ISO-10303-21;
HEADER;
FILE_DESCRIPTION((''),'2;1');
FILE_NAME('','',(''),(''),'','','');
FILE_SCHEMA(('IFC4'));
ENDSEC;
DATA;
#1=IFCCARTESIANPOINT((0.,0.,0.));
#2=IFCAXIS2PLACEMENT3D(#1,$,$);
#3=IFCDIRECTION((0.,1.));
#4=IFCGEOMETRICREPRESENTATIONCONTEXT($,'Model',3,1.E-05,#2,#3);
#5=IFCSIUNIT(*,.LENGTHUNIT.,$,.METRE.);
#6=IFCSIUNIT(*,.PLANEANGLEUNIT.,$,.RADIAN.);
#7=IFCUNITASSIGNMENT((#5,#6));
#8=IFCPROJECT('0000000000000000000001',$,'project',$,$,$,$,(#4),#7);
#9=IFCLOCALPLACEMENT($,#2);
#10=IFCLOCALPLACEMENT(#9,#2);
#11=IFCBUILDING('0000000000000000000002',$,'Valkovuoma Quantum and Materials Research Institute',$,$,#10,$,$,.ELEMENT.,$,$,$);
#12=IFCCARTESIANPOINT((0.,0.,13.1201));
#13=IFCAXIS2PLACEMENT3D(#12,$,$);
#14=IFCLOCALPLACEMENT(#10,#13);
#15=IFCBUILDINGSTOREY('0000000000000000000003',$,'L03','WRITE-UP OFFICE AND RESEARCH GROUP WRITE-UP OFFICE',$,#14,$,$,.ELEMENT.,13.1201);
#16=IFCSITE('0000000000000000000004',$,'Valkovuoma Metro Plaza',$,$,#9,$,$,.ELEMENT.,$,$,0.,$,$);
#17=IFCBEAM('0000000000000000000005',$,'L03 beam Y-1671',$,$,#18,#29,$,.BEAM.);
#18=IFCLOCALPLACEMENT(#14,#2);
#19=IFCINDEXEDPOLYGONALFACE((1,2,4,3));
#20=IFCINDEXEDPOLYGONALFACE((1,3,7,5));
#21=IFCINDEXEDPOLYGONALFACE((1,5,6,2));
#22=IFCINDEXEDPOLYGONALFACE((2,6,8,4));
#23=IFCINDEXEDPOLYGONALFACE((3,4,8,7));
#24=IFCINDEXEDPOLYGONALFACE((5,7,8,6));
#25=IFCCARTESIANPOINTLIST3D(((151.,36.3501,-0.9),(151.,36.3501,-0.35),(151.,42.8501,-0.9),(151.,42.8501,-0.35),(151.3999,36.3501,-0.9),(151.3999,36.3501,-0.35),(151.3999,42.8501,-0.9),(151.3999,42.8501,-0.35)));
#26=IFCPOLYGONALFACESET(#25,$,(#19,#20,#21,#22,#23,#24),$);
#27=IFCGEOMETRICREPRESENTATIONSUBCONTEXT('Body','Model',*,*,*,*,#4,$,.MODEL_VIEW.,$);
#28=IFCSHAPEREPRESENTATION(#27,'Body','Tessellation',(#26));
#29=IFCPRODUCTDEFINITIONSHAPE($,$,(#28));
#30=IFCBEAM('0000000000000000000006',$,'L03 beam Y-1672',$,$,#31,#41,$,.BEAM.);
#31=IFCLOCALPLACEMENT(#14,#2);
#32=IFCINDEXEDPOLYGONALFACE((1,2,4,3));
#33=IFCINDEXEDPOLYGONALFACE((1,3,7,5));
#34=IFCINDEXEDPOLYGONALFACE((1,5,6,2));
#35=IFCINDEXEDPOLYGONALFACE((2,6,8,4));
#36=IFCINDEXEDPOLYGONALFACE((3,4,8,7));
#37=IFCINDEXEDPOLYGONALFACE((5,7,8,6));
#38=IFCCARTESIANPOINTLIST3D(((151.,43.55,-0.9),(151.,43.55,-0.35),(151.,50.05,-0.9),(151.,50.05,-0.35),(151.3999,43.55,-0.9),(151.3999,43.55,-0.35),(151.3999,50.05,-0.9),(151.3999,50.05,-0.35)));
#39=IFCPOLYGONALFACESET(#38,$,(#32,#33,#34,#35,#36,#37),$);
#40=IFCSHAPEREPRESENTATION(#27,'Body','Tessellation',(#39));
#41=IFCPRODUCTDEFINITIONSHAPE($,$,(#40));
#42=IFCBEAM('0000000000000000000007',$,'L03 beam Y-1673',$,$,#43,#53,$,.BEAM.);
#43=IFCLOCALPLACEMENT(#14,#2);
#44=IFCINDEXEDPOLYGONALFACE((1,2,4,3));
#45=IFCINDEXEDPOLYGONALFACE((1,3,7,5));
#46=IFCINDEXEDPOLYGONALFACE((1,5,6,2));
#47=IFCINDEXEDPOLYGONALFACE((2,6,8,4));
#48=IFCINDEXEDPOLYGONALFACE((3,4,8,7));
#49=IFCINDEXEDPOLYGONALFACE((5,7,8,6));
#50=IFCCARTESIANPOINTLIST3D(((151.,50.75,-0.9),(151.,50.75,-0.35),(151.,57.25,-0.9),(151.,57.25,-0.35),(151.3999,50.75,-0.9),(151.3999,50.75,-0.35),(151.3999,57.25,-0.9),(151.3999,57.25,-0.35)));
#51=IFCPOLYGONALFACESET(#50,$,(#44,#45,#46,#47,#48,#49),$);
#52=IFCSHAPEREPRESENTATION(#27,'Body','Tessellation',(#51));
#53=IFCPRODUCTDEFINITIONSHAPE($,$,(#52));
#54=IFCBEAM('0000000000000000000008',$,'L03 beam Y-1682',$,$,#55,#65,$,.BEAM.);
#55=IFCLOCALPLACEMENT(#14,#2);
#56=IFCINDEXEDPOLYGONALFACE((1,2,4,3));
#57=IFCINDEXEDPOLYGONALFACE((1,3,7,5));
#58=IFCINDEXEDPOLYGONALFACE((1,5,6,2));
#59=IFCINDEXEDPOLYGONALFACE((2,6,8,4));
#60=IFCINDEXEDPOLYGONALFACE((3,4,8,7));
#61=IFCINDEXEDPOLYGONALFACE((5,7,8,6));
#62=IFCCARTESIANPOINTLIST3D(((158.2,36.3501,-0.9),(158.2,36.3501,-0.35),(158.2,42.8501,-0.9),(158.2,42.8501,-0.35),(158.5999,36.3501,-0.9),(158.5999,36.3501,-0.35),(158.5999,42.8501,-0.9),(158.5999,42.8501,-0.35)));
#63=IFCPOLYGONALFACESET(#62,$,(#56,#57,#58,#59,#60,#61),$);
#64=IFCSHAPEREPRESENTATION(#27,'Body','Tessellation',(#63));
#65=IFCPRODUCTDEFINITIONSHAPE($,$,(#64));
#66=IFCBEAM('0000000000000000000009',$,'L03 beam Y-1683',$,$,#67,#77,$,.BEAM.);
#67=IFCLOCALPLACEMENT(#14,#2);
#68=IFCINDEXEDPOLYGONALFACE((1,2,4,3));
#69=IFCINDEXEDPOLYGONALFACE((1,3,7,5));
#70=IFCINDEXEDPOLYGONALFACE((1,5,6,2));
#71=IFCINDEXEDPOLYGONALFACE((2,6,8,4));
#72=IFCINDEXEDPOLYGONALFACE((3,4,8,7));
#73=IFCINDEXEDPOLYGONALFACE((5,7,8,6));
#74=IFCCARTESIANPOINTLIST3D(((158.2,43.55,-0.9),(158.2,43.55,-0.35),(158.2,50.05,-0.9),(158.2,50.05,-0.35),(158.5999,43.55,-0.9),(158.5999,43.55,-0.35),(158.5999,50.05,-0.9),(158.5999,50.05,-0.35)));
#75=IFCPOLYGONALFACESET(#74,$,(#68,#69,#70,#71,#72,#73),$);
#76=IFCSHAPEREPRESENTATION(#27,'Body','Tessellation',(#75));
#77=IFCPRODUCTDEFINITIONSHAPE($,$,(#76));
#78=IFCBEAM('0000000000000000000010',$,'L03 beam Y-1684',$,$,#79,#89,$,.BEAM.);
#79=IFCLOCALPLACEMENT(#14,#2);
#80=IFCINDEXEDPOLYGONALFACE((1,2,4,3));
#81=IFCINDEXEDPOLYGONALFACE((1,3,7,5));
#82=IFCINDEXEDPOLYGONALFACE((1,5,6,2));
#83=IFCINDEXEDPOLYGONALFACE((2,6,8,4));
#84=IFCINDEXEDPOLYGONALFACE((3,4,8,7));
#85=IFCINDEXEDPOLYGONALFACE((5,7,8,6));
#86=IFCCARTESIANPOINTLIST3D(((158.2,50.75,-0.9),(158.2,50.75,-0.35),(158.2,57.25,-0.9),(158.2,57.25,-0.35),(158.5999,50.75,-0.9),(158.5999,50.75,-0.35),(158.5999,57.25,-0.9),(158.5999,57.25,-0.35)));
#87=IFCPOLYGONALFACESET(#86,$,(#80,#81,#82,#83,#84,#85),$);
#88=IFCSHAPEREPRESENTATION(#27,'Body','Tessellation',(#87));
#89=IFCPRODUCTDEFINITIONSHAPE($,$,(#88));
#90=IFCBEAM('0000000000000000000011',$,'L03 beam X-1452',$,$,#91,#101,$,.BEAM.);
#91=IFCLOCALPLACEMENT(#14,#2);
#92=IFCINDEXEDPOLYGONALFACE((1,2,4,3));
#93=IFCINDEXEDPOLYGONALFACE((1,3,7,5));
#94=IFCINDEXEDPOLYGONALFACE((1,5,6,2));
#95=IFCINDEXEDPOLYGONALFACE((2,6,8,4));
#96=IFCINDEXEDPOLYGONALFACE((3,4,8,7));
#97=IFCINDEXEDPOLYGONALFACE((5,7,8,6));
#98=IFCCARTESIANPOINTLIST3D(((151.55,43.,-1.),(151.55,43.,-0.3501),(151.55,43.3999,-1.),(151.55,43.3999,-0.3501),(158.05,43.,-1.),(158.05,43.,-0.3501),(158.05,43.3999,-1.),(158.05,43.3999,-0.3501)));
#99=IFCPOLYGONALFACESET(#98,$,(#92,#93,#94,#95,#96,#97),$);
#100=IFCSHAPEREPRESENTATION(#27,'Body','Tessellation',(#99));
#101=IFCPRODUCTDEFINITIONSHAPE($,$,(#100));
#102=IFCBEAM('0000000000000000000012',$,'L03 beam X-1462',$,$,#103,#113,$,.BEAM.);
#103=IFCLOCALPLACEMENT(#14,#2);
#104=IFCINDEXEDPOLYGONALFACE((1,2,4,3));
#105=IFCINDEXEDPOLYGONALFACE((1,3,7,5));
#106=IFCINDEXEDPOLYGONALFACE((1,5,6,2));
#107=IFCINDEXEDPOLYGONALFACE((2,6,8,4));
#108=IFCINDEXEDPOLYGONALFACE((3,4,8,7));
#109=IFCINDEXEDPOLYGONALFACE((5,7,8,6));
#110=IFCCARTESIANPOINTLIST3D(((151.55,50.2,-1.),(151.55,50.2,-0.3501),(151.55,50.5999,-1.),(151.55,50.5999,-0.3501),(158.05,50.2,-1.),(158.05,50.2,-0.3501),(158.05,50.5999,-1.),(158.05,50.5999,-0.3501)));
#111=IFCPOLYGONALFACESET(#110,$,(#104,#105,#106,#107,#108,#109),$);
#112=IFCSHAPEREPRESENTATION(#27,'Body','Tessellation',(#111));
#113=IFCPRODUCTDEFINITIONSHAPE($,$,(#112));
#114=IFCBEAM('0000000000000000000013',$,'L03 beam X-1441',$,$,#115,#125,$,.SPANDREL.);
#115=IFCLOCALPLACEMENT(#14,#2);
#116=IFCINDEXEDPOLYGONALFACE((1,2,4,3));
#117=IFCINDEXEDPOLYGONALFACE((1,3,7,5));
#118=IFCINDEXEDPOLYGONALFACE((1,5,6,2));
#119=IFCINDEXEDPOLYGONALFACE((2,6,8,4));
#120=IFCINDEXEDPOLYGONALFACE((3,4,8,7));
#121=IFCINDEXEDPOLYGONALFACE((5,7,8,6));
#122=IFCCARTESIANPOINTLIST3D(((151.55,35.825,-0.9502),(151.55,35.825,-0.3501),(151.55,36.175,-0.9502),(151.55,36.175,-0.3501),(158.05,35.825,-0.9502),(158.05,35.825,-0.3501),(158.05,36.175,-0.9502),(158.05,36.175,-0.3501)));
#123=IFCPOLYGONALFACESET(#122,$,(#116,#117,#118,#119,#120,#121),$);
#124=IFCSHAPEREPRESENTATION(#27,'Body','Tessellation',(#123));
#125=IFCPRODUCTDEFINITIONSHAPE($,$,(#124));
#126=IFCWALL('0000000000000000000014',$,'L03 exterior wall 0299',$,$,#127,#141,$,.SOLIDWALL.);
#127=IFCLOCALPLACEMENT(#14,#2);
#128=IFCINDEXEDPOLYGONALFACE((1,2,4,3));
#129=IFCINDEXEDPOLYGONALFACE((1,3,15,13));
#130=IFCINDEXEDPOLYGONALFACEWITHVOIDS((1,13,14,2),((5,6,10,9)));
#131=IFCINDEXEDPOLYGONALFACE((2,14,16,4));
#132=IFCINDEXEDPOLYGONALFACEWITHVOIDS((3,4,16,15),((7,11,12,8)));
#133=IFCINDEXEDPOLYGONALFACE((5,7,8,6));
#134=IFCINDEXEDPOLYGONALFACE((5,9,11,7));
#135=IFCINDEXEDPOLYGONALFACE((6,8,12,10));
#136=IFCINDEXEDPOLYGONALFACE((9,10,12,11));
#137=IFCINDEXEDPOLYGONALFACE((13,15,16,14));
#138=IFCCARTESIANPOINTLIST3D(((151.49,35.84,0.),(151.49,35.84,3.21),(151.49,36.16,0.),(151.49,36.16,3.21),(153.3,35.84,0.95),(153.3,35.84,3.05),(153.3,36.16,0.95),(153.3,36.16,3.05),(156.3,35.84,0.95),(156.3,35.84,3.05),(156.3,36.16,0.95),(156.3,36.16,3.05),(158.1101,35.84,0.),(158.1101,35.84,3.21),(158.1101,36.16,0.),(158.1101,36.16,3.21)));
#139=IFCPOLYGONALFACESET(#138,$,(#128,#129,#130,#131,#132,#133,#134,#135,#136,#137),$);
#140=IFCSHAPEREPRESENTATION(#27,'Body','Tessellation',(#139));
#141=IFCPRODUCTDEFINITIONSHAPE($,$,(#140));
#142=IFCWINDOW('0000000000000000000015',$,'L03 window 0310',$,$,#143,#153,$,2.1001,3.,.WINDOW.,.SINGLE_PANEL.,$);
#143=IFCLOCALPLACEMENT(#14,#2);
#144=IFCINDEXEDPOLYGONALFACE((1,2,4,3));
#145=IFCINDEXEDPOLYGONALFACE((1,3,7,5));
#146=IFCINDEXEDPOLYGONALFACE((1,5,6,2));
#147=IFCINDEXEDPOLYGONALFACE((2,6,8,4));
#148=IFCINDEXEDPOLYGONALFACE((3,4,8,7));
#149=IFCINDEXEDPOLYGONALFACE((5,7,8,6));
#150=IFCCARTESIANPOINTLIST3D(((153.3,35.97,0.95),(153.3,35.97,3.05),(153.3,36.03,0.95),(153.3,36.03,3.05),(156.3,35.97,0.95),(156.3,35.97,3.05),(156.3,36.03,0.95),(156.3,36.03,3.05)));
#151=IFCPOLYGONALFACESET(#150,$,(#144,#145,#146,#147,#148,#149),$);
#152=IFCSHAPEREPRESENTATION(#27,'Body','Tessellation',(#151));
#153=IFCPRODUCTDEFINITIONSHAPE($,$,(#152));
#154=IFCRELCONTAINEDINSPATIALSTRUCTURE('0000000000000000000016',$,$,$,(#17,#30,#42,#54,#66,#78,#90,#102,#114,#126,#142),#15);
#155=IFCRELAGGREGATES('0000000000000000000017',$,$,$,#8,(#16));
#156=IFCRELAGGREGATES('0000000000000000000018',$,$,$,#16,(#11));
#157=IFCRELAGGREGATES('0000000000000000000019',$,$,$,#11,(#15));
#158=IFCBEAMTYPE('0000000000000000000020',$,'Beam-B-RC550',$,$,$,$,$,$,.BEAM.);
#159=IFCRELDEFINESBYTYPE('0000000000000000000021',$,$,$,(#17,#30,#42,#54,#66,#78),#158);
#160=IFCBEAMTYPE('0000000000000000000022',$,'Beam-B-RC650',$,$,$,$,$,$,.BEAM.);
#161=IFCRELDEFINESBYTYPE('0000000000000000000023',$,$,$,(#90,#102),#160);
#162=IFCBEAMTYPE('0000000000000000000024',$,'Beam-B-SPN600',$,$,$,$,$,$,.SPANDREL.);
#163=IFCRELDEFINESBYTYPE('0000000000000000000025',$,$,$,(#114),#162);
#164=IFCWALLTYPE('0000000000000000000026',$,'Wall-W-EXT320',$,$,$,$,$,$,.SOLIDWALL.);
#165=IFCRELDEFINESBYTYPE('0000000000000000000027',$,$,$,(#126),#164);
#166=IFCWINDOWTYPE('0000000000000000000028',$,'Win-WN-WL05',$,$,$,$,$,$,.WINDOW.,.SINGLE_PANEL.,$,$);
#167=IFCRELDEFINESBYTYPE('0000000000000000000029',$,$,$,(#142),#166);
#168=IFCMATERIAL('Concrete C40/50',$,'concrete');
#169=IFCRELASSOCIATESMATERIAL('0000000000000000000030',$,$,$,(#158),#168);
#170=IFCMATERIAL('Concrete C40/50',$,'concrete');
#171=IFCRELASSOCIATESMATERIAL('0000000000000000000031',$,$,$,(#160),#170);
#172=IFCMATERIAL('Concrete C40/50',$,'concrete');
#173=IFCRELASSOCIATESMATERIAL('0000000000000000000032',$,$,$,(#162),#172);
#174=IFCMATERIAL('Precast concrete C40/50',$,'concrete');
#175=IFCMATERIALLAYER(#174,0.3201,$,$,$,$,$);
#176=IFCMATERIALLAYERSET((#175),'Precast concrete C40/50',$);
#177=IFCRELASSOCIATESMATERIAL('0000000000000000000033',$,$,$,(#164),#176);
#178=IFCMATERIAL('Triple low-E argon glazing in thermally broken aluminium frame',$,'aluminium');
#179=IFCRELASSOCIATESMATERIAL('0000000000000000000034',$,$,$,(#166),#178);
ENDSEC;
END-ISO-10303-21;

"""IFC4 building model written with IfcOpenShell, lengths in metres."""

from ifc_helpers import new_model, si_unit, direction, frame, frame_2d, origin, origin_2d, place, context, subcontext, project, spatial, rectangle, extrude, material, layer, layer_set, material_profile, profile_set, type_object, element, fill, save


model = new_model("IFC4")

# Units and contexts
model_context = context("Model", 3, precision=1e-05, world=origin(), true_north=direction((0.0, 1.0)))
body_context = subcontext(model_context, "Body", "Model", "MODEL_VIEW")
ifc_project = project(units=[si_unit("LENGTHUNIT", "METRE"), si_unit("PLANEANGLEUNIT", "RADIAN")], contexts=[model_context])

# Site, building, storey
site_placement = place(None, origin())
site = spatial("IfcSite", under=ifc_project, at=site_placement, Name="Valkovuoma Metro Plaza", CompositionType="ELEMENT", RefElevation=0.0)
building_placement = place(site_placement, origin())
building = spatial("IfcBuilding", under=site, at=building_placement, Name="Valkovuoma Quantum and Materials Research Institute", CompositionType="ELEMENT")
storey_placement = place(building_placement, frame((0.0, 0.0, 13.1201)))
storey = spatial("IfcBuildingStorey", under=building, at=storey_placement, Name="L03", Description="WRITE-UP OFFICE AND RESEARCH GROUP WRITE-UP OFFICE", CompositionType="ELEMENT", Elevation=13.1201)

# Beams
ifc_material_1 = material(Name="Concrete C40/50", Category="concrete")
ifc_material_profile_1 = material_profile(ifc_material_1, rectangle(XDim=0.3999, YDim=0.55, at=origin_2d()), Name="Concrete C40/50")
ifc_profile_set_1 = profile_set([ifc_material_profile_1], Name="Concrete C40/50")
beam_type_1 = type_object("IfcBeamType", Name="Beam-B-RC550", PredefinedType="BEAM", material=ifc_profile_set_1)
for number, where, z_axis, x_axis, name in (
    (1, (151.2, 36.3501, -0.625), (0.0, 1.0, 0.0), (-1.0, 0.0, 0.0), "L03 beam Y-1671"),
    (2, (151.2, 43.55, -0.625), (0.0, 1.0, 0.0), (-1.0, 0.0, 0.0), "L03 beam Y-1672"),
    (3, (151.2, 50.75, -0.625), (0.0, 1.0, 0.0), (-1.0, 0.0, 0.0), "L03 beam Y-1673"),
    (4, (158.3999, 36.3501, -0.625), (0.0, 1.0, 0.0), (-1.0, 0.0, 0.0), "L03 beam Y-1682"),
    (5, (158.3999, 43.55, -0.625), (0.0, 1.0, 0.0), (-1.0, 0.0, 0.0), "L03 beam Y-1683"),
    (6, (158.3999, 50.75, -0.625), (0.0, 1.0, 0.0), (-1.0, 0.0, 0.0), "L03 beam Y-1684"),
):
    element("IfcBeam", number, at=place(storey_placement, frame(where, z_axis=z_axis, x_axis=x_axis)), inside=storey, type_object=beam_type_1, Name=name, PredefinedType="BEAM", context=body_context, shape_type="SweptSolid", body=[
        extrude(rectangle(XDim=0.3999, YDim=0.55, at=origin_2d()), origin(), (0.0, 0.0, 1.0), 6.5),
    ])
ifc_material_2 = material(Name="Concrete C40/50", Category="concrete")
ifc_material_profile_2 = material_profile(ifc_material_2, rectangle(XDim=0.3999, YDim=0.6499, at=origin_2d()), Name="Concrete C40/50")
ifc_profile_set_2 = profile_set([ifc_material_profile_2], Name="Concrete C40/50")
beam_type_2 = type_object("IfcBeamType", Name="Beam-B-RC650", PredefinedType="BEAM", material=ifc_profile_set_2)
for number, where, z_axis, x_axis, name in (
    (7, (151.55, 43.2, -0.675), (1.0, 0.0, 0.0), (0.0, 1.0, 0.0), "L03 beam X-1452"),
    (8, (151.55, 50.3999, -0.675), (1.0, 0.0, 0.0), (0.0, 1.0, 0.0), "L03 beam X-1462"),
):
    element("IfcBeam", number, at=place(storey_placement, frame(where, z_axis=z_axis, x_axis=x_axis)), inside=storey, type_object=beam_type_2, Name=name, PredefinedType="BEAM", context=body_context, shape_type="SweptSolid", body=[
        extrude(rectangle(XDim=0.3999, YDim=0.6499, at=origin_2d()), origin(), (0.0, 0.0, 1.0), 6.5),
    ])
ifc_material_3 = material(Name="Concrete C40/50", Category="concrete")
ifc_material_profile_3 = material_profile(ifc_material_3, rectangle(XDim=0.3501, YDim=0.6001, at=origin_2d()), Name="Concrete C40/50")
ifc_profile_set_3 = profile_set([ifc_material_profile_3], Name="Concrete C40/50")
beam_type_3 = type_object("IfcBeamType", Name="Beam-B-SPN600", PredefinedType="SPANDREL", material=ifc_profile_set_3)
beam_placement = place(storey_placement, frame((151.55, 36.0, -0.6501), z_axis=(1.0, 0.0, 0.0), x_axis=(0.0, 1.0, 0.0)))
element("IfcBeam", 9, at=beam_placement, inside=storey, type_object=beam_type_3, Name="L03 beam X-1441", PredefinedType="SPANDREL", context=body_context, shape_type="SweptSolid", body=[
    extrude(rectangle(XDim=0.3501, YDim=0.6001, at=origin_2d()), origin(), (0.0, 0.0, 1.0), 6.5),
])

# Wall, opening, window
ifc_material_4 = material(Name="Precast concrete C40/50", Category="concrete")
ifc_layer = layer(ifc_material_4, 0.3201)
ifc_layer_set = layer_set([ifc_layer], Name="Precast concrete C40/50")
wall_type = type_object("IfcWallType", Name="Wall-W-EXT320", PredefinedType="SOLIDWALL", material=ifc_layer_set)
wall_placement = place(storey_placement, frame((151.49, 36.0, 0.0), z_axis=(0.0, 0.0, 1.0), x_axis=(1.0, 0.0, 0.0)))
wall = element("IfcWall", 10, at=wall_placement, inside=storey, type_object=wall_type, Name="L03 exterior wall 0299", PredefinedType="SOLIDWALL", context=body_context, shape_type="SweptSolid", body=[
    extrude(rectangle(XDim=6.6201, YDim=0.3201, at=frame_2d((3.3101, 0.0))), origin(), (0.0, 0.0, 1.0), 3.21),
])
opening_placement = place(wall_placement, frame((1.8101, 0.0, 0.95)))
opening = element("IfcOpeningElement", 11, at=opening_placement, cuts=wall, PredefinedType="OPENING", context=body_context, shape_type="SweptSolid", body=[
    extrude(rectangle(XDim=3.0, YDim=2.1001, at=frame_2d((1.5, 1.05))), frame((0.0, 0.1699, 0.0), z_axis=(0.0, -1.0, 0.0), x_axis=(1.0, 0.0, 0.0)), (0.0, 0.0, 1.0), 0.3401),
])
ifc_material_5 = material(Name="Triple low-E argon glazing in thermally broken aluminium frame", Category="aluminium")
window_type = type_object("IfcWindowType", Name="Win-WN-WL05", PartitioningType="SINGLE_PANEL", PredefinedType="WINDOW", material=ifc_material_5)
window_placement = place(opening_placement, origin())
window = element("IfcWindow", 12, at=window_placement, inside=storey, type_object=window_type, Name="L03 window 0310", OverallHeight=2.1001, OverallWidth=3.0, PartitioningType="SINGLE_PANEL", PredefinedType="WINDOW", context=body_context, shape_type="SweptSolid", body=[
    extrude(rectangle(XDim=3.0, YDim=2.1001, at=frame_2d((1.5, 1.05))), frame((0.0, 0.03, 0.0), z_axis=(0.0, -1.0, 0.0), x_axis=(1.0, 0.0, 0.0)), (0.0, 0.0, 1.0), 0.0601),
])
fill(opening, window)

save(model, "model.ifc")
